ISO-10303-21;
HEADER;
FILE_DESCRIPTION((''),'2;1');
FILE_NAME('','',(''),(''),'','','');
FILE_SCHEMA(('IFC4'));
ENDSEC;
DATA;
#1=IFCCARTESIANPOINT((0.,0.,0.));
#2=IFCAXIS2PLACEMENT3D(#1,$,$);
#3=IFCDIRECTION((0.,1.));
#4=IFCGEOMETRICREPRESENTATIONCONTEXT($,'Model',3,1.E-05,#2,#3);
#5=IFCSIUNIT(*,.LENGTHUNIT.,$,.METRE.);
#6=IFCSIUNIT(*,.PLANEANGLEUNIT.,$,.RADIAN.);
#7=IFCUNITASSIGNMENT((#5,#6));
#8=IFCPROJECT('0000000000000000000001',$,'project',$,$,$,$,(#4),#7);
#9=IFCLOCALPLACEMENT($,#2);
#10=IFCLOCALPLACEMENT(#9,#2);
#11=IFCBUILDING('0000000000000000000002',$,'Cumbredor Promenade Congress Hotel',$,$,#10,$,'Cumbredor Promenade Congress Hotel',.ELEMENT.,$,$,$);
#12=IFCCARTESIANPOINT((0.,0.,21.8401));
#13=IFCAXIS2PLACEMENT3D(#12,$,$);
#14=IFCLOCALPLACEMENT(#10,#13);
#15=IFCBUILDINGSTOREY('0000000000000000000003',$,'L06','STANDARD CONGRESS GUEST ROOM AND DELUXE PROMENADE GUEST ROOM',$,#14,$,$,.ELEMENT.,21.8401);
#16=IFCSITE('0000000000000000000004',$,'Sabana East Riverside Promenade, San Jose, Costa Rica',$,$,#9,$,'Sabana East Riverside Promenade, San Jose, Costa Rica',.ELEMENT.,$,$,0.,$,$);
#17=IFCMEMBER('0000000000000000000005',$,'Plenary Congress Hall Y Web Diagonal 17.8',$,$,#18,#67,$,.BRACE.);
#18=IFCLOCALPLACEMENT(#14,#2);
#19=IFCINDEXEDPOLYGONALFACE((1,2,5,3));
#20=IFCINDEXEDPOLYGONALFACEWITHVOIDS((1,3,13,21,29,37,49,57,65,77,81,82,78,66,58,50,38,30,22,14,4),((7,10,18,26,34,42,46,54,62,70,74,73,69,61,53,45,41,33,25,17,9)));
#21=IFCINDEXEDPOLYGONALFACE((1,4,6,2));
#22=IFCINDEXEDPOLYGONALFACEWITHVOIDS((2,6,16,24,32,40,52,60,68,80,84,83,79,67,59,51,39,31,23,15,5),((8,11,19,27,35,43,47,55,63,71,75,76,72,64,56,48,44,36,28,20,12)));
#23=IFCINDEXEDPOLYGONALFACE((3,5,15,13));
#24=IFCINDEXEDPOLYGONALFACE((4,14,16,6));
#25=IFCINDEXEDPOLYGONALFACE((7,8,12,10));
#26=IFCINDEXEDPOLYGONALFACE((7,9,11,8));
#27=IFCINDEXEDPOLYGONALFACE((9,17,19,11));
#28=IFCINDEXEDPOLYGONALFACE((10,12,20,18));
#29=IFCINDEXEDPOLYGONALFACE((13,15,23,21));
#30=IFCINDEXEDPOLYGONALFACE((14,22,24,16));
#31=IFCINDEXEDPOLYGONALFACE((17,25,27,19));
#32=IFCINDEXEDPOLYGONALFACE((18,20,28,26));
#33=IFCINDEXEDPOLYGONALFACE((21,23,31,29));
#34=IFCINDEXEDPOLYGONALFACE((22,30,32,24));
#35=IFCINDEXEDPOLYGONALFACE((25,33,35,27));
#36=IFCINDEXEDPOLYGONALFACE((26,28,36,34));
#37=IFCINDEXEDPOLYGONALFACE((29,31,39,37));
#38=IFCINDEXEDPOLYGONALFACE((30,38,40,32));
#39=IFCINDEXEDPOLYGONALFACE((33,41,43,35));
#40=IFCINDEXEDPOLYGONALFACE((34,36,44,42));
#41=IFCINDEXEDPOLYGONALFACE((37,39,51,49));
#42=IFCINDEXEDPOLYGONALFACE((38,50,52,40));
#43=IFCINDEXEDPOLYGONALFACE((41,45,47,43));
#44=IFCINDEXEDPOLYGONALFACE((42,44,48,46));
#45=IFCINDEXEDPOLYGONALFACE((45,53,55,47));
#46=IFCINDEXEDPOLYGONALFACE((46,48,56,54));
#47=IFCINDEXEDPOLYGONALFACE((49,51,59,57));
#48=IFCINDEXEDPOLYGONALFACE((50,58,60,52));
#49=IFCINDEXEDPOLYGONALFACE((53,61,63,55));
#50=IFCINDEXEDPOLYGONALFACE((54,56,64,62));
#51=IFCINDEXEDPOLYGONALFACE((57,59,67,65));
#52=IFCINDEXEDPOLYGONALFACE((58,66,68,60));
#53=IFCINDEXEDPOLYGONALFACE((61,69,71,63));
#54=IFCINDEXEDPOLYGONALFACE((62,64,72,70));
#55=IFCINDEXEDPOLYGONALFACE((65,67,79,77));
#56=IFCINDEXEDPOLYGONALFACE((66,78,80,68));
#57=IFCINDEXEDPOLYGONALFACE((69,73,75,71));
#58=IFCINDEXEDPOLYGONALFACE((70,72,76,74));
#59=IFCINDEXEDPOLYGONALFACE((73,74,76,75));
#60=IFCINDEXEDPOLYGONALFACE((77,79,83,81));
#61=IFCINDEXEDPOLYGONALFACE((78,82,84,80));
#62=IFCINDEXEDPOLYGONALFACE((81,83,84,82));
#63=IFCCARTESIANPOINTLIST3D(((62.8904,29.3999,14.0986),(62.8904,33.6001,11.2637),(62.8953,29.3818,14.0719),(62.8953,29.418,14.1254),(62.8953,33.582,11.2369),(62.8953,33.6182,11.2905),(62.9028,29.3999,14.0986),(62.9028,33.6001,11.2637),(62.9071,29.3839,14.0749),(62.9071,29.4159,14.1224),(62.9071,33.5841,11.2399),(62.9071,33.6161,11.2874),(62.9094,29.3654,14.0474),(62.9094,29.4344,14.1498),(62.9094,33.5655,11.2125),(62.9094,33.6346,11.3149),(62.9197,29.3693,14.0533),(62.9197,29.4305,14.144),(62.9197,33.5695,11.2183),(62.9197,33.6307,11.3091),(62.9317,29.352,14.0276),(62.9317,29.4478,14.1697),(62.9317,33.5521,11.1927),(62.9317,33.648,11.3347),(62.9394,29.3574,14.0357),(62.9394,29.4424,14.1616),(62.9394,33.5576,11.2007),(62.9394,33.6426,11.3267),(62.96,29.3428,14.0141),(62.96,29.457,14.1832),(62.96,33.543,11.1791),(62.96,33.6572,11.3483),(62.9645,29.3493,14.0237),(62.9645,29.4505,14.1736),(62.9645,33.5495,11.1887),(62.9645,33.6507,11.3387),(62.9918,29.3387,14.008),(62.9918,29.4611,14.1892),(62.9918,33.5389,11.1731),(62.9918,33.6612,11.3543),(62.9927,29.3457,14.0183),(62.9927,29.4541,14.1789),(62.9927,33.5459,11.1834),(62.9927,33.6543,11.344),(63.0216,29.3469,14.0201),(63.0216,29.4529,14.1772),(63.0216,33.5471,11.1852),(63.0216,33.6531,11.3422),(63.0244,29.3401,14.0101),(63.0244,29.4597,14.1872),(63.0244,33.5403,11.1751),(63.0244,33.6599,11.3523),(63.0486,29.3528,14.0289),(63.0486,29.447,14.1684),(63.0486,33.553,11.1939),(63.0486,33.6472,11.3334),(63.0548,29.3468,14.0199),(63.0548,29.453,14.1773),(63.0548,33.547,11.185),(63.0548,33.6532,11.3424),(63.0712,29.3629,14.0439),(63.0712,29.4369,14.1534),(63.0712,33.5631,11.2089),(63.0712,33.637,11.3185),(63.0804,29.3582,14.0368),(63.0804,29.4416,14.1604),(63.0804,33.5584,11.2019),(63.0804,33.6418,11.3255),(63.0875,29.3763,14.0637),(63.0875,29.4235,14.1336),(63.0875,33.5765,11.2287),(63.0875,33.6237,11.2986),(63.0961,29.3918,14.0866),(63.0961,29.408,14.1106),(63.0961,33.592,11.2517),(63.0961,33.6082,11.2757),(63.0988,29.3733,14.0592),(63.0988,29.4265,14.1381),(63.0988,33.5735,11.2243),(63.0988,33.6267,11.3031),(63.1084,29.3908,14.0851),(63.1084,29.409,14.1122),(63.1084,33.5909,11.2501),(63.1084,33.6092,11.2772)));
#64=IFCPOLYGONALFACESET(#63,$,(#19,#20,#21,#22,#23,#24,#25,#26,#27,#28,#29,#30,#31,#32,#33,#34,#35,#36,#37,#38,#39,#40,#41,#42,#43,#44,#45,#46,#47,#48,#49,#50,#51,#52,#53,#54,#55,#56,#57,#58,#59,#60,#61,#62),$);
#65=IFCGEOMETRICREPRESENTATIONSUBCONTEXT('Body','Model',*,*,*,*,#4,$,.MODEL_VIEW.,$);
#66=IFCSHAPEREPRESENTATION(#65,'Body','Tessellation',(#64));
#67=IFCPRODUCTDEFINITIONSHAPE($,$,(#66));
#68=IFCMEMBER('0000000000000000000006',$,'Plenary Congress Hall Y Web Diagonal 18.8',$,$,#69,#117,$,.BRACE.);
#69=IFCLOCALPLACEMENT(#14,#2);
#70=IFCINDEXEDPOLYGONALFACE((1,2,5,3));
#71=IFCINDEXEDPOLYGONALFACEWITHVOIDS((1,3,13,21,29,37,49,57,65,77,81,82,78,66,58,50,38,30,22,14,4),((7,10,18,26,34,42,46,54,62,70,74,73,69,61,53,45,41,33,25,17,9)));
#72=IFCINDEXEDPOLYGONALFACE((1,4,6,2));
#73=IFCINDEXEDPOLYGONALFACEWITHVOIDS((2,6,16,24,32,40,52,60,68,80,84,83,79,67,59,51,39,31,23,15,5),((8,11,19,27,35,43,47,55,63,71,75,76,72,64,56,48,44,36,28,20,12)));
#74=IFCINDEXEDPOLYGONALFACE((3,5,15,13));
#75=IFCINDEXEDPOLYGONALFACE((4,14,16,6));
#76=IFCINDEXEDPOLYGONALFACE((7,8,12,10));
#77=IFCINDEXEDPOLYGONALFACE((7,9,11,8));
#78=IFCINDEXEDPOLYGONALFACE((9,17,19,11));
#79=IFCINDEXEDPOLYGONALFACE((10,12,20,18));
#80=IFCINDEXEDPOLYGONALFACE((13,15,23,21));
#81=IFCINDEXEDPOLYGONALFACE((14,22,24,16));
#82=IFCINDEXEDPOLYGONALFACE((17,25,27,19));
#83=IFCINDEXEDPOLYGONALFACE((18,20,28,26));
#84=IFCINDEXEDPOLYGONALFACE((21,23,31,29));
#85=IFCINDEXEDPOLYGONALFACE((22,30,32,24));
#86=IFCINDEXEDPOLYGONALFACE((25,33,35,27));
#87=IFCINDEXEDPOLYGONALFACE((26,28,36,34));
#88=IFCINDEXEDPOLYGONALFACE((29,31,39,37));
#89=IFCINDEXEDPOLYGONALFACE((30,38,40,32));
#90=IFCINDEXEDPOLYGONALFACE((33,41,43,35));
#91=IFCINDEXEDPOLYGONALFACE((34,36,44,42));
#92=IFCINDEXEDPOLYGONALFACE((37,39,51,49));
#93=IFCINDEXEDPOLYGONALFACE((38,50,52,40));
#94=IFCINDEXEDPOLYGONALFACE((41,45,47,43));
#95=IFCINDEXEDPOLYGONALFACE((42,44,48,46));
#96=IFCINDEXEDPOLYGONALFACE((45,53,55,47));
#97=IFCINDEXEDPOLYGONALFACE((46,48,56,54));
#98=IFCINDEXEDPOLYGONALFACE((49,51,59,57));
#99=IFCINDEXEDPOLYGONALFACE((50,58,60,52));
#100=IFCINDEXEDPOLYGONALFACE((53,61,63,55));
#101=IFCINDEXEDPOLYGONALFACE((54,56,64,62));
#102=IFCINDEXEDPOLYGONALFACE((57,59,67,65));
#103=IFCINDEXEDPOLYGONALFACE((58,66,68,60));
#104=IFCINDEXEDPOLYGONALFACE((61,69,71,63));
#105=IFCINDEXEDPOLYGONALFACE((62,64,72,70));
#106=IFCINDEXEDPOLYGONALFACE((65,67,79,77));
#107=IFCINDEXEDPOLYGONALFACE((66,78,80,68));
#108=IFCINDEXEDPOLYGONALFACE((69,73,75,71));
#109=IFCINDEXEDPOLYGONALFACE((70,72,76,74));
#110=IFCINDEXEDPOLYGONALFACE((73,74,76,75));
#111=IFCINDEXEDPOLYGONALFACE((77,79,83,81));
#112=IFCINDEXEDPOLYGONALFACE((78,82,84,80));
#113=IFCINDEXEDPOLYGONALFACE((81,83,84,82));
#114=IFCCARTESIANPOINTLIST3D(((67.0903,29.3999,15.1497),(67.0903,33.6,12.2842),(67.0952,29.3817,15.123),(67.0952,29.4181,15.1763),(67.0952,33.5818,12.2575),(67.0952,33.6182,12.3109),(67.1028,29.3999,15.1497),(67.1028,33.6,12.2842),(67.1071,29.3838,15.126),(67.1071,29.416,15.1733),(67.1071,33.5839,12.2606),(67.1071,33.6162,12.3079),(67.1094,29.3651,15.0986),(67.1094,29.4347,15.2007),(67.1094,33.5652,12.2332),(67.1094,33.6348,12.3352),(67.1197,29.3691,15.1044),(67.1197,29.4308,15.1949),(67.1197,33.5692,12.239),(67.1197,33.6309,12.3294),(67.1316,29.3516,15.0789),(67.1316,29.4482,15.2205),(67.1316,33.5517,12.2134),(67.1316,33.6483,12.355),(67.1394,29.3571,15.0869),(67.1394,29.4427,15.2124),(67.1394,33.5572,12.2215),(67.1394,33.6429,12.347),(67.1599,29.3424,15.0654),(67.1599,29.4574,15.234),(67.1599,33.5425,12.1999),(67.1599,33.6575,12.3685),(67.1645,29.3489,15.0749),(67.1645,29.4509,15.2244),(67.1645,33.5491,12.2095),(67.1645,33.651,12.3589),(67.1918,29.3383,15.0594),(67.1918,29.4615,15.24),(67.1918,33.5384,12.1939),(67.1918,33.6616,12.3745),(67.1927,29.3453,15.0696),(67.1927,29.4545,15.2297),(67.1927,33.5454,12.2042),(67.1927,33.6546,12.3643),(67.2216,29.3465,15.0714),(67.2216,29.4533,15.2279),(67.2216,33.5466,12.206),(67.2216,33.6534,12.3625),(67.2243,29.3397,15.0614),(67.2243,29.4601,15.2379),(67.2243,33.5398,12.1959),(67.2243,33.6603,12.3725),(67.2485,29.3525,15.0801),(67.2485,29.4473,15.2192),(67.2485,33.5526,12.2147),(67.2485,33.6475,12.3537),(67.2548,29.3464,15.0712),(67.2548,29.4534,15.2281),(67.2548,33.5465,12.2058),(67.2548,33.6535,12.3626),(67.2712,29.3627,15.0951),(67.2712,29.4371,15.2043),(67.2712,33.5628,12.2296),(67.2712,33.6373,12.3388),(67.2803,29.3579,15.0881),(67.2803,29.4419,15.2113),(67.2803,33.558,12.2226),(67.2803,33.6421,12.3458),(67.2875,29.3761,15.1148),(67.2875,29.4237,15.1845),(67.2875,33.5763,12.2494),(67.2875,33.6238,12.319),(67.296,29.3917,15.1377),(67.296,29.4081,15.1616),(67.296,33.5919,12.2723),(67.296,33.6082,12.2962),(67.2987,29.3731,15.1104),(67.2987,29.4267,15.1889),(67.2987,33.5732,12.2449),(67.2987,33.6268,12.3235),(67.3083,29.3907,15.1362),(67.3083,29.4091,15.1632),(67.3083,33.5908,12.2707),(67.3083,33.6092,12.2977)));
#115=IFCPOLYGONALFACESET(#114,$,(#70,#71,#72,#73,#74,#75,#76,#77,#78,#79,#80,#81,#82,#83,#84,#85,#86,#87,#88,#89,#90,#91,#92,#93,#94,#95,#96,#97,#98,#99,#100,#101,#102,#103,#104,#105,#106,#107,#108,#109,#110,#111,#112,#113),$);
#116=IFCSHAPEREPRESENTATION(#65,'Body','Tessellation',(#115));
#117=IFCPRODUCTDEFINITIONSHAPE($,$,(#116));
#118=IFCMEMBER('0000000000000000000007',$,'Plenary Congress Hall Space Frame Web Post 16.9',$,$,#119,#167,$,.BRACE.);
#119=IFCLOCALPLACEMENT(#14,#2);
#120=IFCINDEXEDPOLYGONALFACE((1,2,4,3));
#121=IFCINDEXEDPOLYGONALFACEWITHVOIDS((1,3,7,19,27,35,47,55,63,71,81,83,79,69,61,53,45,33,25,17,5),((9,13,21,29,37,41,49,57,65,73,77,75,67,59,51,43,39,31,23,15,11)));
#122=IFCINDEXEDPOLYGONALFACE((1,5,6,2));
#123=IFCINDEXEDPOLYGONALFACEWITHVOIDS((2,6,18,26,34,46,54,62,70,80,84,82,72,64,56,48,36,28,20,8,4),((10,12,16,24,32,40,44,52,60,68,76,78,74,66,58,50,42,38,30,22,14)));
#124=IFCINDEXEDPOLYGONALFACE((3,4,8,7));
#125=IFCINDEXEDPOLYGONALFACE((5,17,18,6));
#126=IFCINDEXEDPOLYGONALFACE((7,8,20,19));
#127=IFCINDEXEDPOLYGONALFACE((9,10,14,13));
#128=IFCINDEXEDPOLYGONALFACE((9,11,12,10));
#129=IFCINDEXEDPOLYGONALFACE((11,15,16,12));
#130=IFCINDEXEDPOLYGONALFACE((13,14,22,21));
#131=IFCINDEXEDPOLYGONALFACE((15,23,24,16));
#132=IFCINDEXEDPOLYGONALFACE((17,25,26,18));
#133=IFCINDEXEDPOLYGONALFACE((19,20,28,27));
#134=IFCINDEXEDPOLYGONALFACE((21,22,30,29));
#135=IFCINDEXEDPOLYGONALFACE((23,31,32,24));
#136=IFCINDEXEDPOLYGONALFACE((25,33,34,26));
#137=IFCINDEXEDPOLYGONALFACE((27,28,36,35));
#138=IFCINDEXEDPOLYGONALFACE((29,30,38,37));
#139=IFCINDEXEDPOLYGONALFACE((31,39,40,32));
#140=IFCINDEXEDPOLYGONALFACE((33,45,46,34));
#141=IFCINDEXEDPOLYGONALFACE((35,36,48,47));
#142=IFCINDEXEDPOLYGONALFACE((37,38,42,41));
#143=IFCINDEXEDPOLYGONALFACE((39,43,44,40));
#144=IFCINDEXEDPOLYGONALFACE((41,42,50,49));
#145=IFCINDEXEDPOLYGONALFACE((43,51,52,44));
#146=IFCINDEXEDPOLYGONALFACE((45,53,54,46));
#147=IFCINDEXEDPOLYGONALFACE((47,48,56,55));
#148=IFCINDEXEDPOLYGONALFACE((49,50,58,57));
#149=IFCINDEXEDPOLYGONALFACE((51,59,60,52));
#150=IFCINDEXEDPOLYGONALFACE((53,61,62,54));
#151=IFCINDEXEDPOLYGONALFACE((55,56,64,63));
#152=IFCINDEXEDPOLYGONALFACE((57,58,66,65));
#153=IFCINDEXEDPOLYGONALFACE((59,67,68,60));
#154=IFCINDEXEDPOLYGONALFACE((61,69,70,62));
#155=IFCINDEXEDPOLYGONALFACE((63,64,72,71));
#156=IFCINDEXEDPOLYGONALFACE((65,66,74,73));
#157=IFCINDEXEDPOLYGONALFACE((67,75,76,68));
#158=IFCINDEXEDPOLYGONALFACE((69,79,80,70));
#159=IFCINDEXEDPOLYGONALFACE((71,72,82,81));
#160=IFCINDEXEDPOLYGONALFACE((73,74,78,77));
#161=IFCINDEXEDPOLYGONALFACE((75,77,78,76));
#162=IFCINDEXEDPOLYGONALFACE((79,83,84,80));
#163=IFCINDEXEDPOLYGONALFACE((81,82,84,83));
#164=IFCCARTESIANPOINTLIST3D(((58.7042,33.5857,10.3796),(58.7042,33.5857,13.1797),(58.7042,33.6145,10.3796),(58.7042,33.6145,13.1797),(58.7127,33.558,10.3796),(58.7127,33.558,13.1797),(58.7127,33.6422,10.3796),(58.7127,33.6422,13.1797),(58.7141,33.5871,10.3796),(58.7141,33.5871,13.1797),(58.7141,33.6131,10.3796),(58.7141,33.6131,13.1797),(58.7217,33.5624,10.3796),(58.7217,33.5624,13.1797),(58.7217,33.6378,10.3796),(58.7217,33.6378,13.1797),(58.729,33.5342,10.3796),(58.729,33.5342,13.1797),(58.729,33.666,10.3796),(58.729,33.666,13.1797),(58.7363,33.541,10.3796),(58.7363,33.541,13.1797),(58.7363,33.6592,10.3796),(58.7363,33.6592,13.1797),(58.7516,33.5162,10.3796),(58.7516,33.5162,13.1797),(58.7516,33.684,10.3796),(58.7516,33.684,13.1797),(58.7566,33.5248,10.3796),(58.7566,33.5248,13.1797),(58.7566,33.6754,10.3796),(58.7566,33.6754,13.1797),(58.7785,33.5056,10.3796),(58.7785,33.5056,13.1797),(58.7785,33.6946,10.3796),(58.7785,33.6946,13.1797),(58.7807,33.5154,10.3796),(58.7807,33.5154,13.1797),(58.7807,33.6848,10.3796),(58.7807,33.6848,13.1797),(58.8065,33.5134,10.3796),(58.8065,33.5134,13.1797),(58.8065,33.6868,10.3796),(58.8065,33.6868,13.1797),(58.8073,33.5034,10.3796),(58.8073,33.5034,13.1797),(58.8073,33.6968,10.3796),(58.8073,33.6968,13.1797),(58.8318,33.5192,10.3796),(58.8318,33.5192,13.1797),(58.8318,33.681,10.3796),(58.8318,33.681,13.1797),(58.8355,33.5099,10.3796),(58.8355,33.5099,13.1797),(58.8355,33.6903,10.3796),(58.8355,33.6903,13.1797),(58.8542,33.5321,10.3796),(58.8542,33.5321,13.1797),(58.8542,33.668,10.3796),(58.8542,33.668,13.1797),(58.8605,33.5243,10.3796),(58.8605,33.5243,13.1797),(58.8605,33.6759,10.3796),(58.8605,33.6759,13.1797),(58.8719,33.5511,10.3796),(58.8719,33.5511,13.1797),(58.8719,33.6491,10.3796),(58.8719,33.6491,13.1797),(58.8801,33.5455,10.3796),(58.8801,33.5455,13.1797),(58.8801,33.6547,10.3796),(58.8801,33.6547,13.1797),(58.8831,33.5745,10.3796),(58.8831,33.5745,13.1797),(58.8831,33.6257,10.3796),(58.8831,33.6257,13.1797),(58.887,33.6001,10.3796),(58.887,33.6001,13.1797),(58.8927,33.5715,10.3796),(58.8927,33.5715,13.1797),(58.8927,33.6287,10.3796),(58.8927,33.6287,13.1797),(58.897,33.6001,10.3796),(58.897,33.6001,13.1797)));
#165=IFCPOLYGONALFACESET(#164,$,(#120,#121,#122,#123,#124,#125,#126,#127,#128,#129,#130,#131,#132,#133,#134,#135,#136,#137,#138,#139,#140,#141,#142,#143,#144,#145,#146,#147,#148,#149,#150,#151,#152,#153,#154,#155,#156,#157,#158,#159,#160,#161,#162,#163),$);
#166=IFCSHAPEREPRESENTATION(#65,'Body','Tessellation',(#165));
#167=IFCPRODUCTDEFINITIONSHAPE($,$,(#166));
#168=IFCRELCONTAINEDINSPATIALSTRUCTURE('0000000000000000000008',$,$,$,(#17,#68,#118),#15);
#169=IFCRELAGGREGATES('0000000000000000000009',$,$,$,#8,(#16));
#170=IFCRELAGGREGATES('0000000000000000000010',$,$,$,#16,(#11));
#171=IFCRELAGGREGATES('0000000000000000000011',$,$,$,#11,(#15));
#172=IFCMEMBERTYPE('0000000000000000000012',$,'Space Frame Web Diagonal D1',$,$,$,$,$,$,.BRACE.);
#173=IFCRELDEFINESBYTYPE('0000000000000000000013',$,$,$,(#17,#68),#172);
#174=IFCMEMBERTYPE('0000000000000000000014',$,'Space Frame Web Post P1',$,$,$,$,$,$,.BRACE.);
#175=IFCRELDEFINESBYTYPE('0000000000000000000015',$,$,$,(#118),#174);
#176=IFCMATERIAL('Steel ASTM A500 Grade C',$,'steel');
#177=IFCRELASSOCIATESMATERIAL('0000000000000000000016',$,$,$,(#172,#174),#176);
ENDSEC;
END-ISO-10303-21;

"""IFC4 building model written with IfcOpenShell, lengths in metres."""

from ifc_helpers import new_model, si_unit, direction, frame, origin, origin_2d, place, context, subcontext, project, spatial, hollow_circle, extrude, material, material_profile, profile_set, type_object, element, save


model = new_model("IFC4")

# Units and contexts
model_context = context("Model", 3, precision=1e-05, world=origin(), true_north=direction((0.0, 1.0)))
body_context = subcontext(model_context, "Body", "Model", "MODEL_VIEW")
ifc_project = project(units=[si_unit("LENGTHUNIT", "METRE"), si_unit("PLANEANGLEUNIT", "RADIAN")], contexts=[model_context])

# Site, building, storey
site_placement = place(None, origin())
site = spatial("IfcSite", under=ifc_project, at=site_placement, Name="Sabana East Riverside Promenade, San Jose, Costa Rica", LongName="Sabana East Riverside Promenade, San Jose, Costa Rica", CompositionType="ELEMENT", RefElevation=0.0)
building_placement = place(site_placement, origin())
building = spatial("IfcBuilding", under=site, at=building_placement, Name="Cumbredor Promenade Congress Hotel", LongName="Cumbredor Promenade Congress Hotel", CompositionType="ELEMENT")
storey_placement = place(building_placement, frame((0.0, 0.0, 21.8401)))
storey = spatial("IfcBuildingStorey", under=building, at=storey_placement, Name="L06", Description="STANDARD CONGRESS GUEST ROOM AND DELUXE PROMENADE GUEST ROOM", CompositionType="ELEMENT", Elevation=21.8401)

# Members
ifc_material_1 = material(Name="Steel ASTM A500 Grade C", Category="steel")
ifc_material_profile_1 = material_profile(ifc_material_1, hollow_circle(Radius=0.1096, WallThickness=0.0125, at=origin_2d()), Name="CHS 219.1x12.5")
ifc_profile_set_1 = profile_set([ifc_material_profile_1], Name="Steel ASTM A500 Grade C")
member_type_1 = type_object("IfcMemberType", Name="Space Frame Web Diagonal D1", PredefinedType="BRACE", material=ifc_profile_set_1)
member_1_placement = place(storey_placement, frame((63.0, 29.3999, 14.0986), z_axis=(0.0, 0.828864, -0.55945), x_axis=(-1.0, 0.0, 0.0)))
element("IfcMember", 1, at=member_1_placement, inside=storey, type_object=member_type_1, Name="Plenary Congress Hall Y Web Diagonal 17.8", PredefinedType="BRACE", context=body_context, shape_type="SweptSolid", body=[
    extrude(hollow_circle(Radius=0.1096, WallThickness=0.0125, at=origin_2d()), origin(), (0.0, 0.0, 1.0), 5.0674),
])
member_2_placement = place(storey_placement, frame((67.2, 29.3999, 15.1497), z_axis=(0.0, 0.826071, -0.563566), x_axis=(-1.0, 0.0, 0.0)))
element("IfcMember", 2, at=member_2_placement, inside=storey, type_object=member_type_1, Name="Plenary Congress Hall Y Web Diagonal 18.8", PredefinedType="BRACE", context=body_context, shape_type="SweptSolid", body=[
    extrude(hollow_circle(Radius=0.1096, WallThickness=0.0125, at=origin_2d()), origin(), (0.0, 0.0, 1.0), 5.0845),
])
ifc_material_profile_2 = material_profile(ifc_material_1, hollow_circle(Radius=0.0969, WallThickness=0.01, at=origin_2d()), Name="CHS 193.7x10")
ifc_profile_set_2 = profile_set([ifc_material_profile_2], Name="Steel ASTM A500 Grade C")
member_type_2 = type_object("IfcMemberType", Name="Space Frame Web Post P1", PredefinedType="BRACE", material=ifc_profile_set_2)
for number, where, z_axis, x_axis, name in (
    (3, (58.8, 33.6001, 10.3796), (0.0, 0.0, 1.0), (1.0, 0.0, 0.0), "Plenary Congress Hall Space Frame Web Post 16.9"),
):
    element("IfcMember", number, at=place(storey_placement, frame(where, z_axis=z_axis, x_axis=x_axis)), inside=storey, type_object=member_type_2, Name=name, PredefinedType="BRACE", context=body_context, shape_type="SweptSolid", body=[
        extrude(hollow_circle(Radius=0.0969, WallThickness=0.01, at=origin_2d()), origin(), (0.0, 0.0, 1.0), 2.8),
    ])

save(model, "model.ifc")
